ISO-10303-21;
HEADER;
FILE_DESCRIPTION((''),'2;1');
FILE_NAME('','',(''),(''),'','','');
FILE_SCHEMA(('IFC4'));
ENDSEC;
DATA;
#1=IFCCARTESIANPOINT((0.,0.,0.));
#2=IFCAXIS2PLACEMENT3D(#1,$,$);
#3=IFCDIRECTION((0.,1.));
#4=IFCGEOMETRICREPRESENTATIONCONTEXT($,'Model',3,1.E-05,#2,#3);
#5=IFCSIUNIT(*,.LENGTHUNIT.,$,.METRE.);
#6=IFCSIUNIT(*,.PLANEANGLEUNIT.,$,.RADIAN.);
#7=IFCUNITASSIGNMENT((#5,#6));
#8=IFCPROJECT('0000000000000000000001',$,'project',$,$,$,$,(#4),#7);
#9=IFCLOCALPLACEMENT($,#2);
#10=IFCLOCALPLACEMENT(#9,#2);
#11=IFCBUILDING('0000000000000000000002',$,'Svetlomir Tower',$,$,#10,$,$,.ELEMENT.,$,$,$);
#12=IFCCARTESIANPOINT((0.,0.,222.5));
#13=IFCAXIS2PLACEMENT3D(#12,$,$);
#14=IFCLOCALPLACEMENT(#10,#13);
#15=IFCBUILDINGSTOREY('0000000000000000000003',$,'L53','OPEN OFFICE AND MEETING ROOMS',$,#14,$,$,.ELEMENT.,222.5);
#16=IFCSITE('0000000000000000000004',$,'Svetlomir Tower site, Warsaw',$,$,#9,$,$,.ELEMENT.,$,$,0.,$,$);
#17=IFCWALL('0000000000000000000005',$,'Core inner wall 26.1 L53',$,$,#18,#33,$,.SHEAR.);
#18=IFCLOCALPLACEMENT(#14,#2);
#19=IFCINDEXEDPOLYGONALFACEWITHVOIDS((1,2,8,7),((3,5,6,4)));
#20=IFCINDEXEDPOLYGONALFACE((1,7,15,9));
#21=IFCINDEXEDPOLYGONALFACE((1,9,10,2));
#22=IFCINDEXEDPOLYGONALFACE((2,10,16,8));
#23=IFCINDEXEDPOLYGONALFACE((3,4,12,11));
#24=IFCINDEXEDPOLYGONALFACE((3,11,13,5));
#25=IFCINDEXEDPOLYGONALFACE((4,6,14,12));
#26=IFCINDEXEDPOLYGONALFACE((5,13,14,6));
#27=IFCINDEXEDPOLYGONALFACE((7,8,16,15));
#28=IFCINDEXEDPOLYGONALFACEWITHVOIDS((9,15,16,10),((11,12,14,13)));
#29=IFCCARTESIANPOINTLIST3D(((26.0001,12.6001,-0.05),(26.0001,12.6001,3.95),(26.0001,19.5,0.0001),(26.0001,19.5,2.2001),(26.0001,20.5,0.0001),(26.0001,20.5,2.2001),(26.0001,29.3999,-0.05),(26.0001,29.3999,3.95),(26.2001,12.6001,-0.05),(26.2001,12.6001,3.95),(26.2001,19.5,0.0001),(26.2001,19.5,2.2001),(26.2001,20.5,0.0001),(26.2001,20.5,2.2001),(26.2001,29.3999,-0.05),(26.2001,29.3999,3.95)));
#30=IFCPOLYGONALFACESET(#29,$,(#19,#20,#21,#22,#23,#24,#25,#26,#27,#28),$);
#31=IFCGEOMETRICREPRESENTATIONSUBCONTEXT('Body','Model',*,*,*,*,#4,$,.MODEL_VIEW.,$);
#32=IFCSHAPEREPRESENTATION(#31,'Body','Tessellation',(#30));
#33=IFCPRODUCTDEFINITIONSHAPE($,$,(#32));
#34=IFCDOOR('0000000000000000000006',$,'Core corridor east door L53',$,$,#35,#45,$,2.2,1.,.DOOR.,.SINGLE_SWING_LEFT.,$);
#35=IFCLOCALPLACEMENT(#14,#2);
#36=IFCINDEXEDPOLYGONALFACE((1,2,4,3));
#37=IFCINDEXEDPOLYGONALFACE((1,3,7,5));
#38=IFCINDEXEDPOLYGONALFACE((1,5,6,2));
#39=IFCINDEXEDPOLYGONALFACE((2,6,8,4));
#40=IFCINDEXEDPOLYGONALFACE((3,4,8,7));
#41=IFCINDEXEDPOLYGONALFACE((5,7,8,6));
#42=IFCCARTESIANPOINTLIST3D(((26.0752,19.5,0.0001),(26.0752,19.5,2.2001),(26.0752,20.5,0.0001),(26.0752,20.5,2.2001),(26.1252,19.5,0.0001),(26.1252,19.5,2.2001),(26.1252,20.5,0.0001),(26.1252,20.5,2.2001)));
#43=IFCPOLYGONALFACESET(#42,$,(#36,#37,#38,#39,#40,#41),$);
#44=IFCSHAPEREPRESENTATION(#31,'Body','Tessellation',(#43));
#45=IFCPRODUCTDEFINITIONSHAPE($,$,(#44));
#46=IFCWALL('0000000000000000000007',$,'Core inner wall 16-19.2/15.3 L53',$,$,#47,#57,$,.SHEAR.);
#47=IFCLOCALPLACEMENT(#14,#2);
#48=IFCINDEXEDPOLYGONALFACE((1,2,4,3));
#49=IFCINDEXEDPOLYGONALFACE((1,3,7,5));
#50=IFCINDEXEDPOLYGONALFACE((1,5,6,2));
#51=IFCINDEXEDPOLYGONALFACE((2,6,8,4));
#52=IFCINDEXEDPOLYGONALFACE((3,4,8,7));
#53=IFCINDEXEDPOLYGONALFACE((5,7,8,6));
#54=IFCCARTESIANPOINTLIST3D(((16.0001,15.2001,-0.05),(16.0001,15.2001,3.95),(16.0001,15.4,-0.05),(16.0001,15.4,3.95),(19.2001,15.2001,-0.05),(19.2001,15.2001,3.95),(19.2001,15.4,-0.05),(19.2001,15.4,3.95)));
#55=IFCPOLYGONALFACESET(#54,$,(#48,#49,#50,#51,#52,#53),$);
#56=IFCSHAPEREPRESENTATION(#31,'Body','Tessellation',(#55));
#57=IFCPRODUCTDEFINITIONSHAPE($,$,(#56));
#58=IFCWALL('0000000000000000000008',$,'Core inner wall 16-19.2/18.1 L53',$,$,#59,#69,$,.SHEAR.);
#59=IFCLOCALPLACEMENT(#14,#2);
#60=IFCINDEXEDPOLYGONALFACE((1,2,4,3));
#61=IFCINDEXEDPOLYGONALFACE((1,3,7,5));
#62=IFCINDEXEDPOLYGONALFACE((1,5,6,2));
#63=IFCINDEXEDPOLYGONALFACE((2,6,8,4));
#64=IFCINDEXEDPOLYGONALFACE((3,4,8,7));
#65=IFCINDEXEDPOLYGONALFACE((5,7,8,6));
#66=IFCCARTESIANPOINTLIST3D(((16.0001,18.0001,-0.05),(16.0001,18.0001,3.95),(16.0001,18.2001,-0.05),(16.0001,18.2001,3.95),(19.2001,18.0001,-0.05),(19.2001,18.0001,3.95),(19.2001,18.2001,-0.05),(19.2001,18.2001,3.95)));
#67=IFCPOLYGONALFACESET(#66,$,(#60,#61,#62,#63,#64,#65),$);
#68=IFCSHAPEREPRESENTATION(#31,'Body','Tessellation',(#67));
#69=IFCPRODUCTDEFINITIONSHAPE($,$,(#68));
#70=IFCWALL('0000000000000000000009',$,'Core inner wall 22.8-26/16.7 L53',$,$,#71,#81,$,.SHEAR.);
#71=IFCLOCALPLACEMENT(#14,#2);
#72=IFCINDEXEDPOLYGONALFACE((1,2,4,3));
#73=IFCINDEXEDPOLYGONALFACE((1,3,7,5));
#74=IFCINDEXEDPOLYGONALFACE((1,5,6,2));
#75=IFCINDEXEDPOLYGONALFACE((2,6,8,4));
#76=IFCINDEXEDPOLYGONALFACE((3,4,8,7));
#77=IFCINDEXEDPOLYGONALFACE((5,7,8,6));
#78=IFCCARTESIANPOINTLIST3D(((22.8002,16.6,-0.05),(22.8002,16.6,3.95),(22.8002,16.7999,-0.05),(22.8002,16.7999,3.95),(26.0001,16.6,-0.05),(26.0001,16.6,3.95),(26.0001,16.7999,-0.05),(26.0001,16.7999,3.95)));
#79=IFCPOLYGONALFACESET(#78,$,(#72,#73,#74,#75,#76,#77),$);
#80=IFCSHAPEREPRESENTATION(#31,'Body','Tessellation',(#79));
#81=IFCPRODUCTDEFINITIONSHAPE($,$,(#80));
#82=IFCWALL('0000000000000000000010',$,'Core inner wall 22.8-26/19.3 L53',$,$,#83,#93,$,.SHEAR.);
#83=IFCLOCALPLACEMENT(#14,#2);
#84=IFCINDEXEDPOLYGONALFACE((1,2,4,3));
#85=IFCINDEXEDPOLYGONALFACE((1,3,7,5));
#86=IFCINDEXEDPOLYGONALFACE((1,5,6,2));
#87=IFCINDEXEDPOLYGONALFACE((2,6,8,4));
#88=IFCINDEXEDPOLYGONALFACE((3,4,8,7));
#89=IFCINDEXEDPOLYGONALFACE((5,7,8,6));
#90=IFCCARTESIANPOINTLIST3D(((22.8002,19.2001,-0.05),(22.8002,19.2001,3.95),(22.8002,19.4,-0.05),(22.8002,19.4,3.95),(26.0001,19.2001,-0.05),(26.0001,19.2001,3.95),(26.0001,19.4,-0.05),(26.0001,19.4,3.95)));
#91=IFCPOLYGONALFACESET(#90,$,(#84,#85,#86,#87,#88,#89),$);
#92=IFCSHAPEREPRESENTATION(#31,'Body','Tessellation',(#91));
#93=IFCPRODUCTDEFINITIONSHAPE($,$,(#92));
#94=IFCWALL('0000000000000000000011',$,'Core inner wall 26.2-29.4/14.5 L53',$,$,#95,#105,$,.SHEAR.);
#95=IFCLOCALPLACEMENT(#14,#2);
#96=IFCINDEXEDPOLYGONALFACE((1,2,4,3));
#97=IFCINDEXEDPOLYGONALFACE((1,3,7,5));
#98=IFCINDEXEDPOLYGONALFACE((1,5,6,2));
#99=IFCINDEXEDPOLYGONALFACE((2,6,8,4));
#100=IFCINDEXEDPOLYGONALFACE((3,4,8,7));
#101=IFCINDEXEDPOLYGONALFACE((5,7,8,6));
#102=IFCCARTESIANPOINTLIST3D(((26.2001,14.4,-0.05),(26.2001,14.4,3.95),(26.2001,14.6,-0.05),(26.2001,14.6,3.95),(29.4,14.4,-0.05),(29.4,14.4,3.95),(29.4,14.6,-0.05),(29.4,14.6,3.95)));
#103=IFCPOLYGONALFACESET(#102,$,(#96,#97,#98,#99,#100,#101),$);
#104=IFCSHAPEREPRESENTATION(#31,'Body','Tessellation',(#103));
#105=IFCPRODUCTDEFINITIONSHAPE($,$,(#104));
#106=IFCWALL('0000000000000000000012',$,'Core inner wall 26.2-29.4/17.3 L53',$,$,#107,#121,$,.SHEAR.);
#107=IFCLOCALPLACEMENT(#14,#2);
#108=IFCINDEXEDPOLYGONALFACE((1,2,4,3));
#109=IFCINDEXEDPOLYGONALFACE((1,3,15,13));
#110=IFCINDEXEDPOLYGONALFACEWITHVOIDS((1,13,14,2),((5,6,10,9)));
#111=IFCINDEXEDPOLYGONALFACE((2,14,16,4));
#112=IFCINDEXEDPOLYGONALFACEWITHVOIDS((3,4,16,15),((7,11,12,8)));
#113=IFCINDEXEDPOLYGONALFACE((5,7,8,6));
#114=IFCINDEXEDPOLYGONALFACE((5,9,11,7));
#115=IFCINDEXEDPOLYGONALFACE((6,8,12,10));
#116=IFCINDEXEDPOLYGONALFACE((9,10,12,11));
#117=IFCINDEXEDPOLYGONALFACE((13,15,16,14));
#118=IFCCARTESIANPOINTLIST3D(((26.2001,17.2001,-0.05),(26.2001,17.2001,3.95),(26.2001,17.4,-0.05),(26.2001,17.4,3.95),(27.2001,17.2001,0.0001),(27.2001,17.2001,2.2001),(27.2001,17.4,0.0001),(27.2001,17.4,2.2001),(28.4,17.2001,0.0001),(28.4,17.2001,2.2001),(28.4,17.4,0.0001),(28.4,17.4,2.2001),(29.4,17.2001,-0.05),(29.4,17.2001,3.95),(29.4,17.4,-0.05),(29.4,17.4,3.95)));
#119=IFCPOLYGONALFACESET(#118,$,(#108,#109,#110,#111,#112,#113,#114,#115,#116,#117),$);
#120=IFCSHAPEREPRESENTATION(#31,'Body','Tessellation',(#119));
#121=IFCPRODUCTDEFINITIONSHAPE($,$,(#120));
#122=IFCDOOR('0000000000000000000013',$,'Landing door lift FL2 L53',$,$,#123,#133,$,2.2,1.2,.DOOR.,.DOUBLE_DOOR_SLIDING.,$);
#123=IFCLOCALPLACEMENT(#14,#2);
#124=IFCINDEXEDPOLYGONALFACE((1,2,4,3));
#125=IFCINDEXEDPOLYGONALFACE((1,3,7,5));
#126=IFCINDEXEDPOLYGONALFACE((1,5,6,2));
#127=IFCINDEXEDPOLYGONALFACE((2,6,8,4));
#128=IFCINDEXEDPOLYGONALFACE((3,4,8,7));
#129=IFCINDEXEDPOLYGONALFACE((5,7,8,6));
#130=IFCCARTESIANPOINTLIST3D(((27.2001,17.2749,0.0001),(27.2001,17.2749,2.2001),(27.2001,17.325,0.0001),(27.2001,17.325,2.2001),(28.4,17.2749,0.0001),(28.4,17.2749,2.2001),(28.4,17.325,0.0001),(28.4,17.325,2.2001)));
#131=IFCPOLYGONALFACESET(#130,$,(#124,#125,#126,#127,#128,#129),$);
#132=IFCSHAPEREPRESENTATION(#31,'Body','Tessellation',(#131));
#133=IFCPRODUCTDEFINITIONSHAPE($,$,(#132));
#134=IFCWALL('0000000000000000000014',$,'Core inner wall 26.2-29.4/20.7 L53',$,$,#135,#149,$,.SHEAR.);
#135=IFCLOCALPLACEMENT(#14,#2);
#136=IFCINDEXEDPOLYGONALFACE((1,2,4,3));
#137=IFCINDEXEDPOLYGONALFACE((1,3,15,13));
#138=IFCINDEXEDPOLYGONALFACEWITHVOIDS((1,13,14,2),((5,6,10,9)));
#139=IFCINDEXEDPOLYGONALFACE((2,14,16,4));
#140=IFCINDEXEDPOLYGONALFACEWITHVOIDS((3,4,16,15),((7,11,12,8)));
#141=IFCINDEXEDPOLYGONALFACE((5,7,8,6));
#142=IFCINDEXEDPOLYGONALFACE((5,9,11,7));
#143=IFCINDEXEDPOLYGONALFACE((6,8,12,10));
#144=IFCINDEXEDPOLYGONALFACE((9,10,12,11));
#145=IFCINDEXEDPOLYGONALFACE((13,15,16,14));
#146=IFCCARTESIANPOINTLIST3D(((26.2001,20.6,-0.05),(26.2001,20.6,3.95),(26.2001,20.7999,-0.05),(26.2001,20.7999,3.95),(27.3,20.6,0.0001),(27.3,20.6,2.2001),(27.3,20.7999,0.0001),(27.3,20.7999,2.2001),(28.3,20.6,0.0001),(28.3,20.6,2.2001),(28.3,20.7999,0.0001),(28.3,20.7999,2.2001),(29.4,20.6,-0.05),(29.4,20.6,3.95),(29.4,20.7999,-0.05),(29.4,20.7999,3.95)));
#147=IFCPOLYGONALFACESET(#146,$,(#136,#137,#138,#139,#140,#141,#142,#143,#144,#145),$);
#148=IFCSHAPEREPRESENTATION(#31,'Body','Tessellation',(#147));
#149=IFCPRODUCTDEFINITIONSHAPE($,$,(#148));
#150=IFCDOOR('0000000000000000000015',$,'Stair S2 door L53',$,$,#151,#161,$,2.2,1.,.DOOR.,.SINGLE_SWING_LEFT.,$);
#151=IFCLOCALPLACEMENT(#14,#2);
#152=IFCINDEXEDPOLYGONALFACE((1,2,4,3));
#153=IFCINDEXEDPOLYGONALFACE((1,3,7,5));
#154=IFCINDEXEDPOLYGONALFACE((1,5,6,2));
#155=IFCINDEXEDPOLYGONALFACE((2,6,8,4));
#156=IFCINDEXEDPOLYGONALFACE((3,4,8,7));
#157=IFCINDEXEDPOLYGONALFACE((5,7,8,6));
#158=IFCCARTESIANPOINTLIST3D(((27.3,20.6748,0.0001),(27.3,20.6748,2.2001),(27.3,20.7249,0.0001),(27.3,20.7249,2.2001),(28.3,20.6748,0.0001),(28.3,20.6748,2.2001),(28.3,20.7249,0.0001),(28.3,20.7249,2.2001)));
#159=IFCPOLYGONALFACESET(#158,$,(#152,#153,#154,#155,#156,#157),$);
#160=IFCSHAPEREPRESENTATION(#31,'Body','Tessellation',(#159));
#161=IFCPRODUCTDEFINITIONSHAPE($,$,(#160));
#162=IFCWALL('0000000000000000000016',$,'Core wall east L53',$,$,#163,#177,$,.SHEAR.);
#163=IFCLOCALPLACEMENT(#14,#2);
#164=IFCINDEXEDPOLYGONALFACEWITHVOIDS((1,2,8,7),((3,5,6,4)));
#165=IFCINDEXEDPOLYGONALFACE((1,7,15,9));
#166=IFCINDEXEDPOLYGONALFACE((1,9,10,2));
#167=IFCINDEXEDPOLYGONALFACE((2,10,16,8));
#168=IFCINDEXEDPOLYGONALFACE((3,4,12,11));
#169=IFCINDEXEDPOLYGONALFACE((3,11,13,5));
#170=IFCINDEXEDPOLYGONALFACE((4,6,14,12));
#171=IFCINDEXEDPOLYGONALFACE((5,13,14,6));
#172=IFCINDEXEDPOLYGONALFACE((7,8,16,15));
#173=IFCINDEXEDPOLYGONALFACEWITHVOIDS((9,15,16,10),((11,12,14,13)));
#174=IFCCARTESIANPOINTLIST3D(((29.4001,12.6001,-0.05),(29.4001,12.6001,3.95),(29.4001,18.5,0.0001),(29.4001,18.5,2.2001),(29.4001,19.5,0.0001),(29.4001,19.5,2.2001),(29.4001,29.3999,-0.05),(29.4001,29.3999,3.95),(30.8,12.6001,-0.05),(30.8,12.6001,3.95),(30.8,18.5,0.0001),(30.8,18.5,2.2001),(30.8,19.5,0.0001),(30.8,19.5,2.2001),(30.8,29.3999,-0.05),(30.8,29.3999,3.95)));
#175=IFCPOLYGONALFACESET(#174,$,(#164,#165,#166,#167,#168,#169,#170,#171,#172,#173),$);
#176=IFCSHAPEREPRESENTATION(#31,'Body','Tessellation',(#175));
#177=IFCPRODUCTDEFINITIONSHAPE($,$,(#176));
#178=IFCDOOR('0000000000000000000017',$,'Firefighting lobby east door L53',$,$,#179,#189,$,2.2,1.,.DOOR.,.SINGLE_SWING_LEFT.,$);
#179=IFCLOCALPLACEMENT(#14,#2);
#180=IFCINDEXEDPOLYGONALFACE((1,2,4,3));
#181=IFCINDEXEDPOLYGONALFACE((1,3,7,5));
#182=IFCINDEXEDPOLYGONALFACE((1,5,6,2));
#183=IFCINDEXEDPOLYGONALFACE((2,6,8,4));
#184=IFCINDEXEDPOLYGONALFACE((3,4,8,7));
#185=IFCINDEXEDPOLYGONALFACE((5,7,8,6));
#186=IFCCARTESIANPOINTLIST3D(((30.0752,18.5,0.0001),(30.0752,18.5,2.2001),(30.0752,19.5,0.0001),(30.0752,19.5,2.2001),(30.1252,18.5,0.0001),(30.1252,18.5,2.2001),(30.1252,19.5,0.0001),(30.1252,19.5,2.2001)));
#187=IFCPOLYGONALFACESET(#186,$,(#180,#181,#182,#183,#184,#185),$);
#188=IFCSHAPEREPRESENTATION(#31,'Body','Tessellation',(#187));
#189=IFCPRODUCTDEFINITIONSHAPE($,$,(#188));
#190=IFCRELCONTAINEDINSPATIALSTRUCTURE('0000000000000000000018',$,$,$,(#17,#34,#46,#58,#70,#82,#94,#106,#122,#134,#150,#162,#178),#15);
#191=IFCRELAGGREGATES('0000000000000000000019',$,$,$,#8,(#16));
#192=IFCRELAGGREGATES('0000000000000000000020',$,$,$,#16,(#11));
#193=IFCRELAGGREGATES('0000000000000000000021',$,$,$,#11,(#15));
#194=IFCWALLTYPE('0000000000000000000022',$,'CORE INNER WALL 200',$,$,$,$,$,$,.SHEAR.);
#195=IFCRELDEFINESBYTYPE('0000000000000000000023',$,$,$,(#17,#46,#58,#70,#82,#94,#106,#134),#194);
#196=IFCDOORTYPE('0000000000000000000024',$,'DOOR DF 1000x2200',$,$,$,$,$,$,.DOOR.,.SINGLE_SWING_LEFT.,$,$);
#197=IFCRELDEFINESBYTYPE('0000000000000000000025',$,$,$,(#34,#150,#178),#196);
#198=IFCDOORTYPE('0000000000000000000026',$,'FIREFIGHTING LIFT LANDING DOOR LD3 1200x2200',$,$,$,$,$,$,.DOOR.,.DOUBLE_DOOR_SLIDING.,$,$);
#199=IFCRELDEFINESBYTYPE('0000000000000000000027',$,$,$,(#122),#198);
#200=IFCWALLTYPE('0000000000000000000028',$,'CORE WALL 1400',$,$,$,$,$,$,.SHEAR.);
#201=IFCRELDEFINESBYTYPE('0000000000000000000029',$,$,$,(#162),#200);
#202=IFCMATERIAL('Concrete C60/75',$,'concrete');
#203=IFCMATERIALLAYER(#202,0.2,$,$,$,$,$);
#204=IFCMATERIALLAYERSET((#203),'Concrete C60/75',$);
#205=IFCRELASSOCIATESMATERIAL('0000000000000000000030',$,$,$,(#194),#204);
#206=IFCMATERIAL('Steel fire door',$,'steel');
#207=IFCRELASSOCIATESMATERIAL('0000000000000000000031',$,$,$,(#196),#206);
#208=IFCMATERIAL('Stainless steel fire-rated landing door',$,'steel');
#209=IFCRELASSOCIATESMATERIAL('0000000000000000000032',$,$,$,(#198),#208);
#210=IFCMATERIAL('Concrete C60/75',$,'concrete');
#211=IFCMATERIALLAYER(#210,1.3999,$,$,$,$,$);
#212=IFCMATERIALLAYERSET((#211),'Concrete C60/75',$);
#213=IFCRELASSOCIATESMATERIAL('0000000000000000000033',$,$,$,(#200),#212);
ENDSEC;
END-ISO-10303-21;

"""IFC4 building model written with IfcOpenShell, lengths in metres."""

from ifc_helpers import new_model, si_unit, direction, frame, frame_2d, origin, place, context, subcontext, project, spatial, rectangle, extrude, material, layer, layer_set, type_object, element, fill, save


model = new_model("IFC4")

# Units and contexts
model_context = context("Model", 3, precision=1e-05, world=origin(), true_north=direction((0.0, 1.0)))
body_context = subcontext(model_context, "Body", "Model", "MODEL_VIEW")
ifc_project = project(units=[si_unit("LENGTHUNIT", "METRE"), si_unit("PLANEANGLEUNIT", "RADIAN")], contexts=[model_context])

# Site, building, storey
site_placement = place(None, origin())
site = spatial("IfcSite", under=ifc_project, at=site_placement, Name="Svetlomir Tower site, Warsaw", CompositionType="ELEMENT", RefElevation=0.0)
building_placement = place(site_placement, origin())
building = spatial("IfcBuilding", under=site, at=building_placement, Name="Svetlomir Tower", CompositionType="ELEMENT")
storey_placement = place(building_placement, frame((0.0, 0.0, 222.5)))
storey = spatial("IfcBuildingStorey", under=building, at=storey_placement, Name="L53", Description="OPEN OFFICE AND MEETING ROOMS", CompositionType="ELEMENT", Elevation=222.5)

# Wall, opening, door
ifc_material_1 = material(Name="Concrete C60/75", Category="concrete")
ifc_layer_1 = layer(ifc_material_1, 0.2)
ifc_layer_set_1 = layer_set([ifc_layer_1], Name="Concrete C60/75")
wall_type_1 = type_object("IfcWallType", Name="CORE INNER WALL 200", PredefinedType="SHEAR", material=ifc_layer_set_1)
wall_1_placement = place(storey_placement, frame((26.1001, 12.6001, -0.05), z_axis=(0.0, 0.0, 1.0), x_axis=(0.0, 1.0, 0.0)))
wall_1 = element("IfcWall", 1, at=wall_1_placement, inside=storey, type_object=wall_type_1, Name="Core inner wall 26.1 L53", PredefinedType="SHEAR", context=body_context, shape_type="SweptSolid", body=[
    extrude(rectangle(XDim=16.7998, YDim=0.2, at=frame_2d((8.3999, 0.0))), origin(), (0.0, 0.0, 1.0), 4.0),
])
opening_1_placement = place(wall_1_placement, frame((6.8999, 0.0, 0.05)))
opening_1 = element("IfcOpeningElement", 2, at=opening_1_placement, cuts=wall_1, PredefinedType="OPENING", context=body_context, shape_type="SweptSolid", body=[
    extrude(rectangle(XDim=1.0, YDim=2.2, at=frame_2d((0.5, 1.1001))), frame((0.0, 0.1099, 0.0), z_axis=(0.0, -1.0, 0.0), x_axis=(1.0, 0.0, 0.0)), (0.0, 0.0, 1.0), 0.22),
])
ifc_material_2 = material(Name="Steel fire door", Category="steel")
door_type_1 = type_object("IfcDoorType", Name="DOOR DF 1000x2200", OperationType="SINGLE_SWING_LEFT", PredefinedType="DOOR", material=ifc_material_2)
door_1_placement = place(opening_1_placement, origin())
door_1 = element("IfcDoor", 3, at=door_1_placement, inside=storey, type_object=door_type_1, Name="Core corridor east door L53", OperationType="SINGLE_SWING_LEFT", OverallHeight=2.2, OverallWidth=1.0, PredefinedType="DOOR", context=body_context, shape_type="SweptSolid", body=[
    extrude(rectangle(XDim=1.0, YDim=2.2, at=frame_2d((0.5, 1.1001))), frame((0.0, 0.0249, 0.0), z_axis=(0.0, -1.0, 0.0), x_axis=(1.0, 0.0, 0.0)), (0.0, 0.0, 1.0), 0.05),
])
fill(opening_1, door_1)

# Walls
for number, where, z_axis, x_axis, name in (
    (4, (16.0, 15.3, -0.05), (0.0, 0.0, 1.0), (1.0, 0.0, 0.0), "Core inner wall 16-19.2/15.3 L53"),
    (5, (16.0, 18.1001, -0.05), (0.0, 0.0, 1.0), (1.0, 0.0, 0.0), "Core inner wall 16-19.2/18.1 L53"),
    (6, (22.8, 16.7, -0.05), (0.0, 0.0, 1.0), (1.0, 0.0, 0.0), "Core inner wall 22.8-26/16.7 L53"),
    (7, (22.8, 19.3, -0.05), (0.0, 0.0, 1.0), (1.0, 0.0, 0.0), "Core inner wall 22.8-26/19.3 L53"),
    (8, (26.2, 14.5, -0.05), (0.0, 0.0, 1.0), (1.0, 0.0, 0.0), "Core inner wall 26.2-29.4/14.5 L53"),
):
    element("IfcWall", number, at=place(storey_placement, frame(where, z_axis=z_axis, x_axis=x_axis)), inside=storey, type_object=wall_type_1, Name=name, PredefinedType="SHEAR", context=body_context, shape_type="SweptSolid", body=[
        extrude(rectangle(XDim=3.2, YDim=0.2, at=frame_2d((1.6001, 0.0))), origin(), (0.0, 0.0, 1.0), 4.0),
    ])

# Walls, openings, doors
wall_2_placement = place(storey_placement, frame((26.2, 17.3, -0.05), z_axis=(0.0, 0.0, 1.0), x_axis=(1.0, 0.0, 0.0)))
wall_2 = element("IfcWall", 9, at=wall_2_placement, inside=storey, type_object=wall_type_1, Name="Core inner wall 26.2-29.4/17.3 L53", PredefinedType="SHEAR", context=body_context, shape_type="SweptSolid", body=[
    extrude(rectangle(XDim=3.2, YDim=0.2, at=frame_2d((1.6001, 0.0))), origin(), (0.0, 0.0, 1.0), 4.0),
])
opening_2_placement = place(wall_2_placement, frame((1.0, 0.0, 0.05)))
opening_2 = element("IfcOpeningElement", 10, at=opening_2_placement, cuts=wall_2, PredefinedType="OPENING", context=body_context, shape_type="SweptSolid", body=[
    extrude(rectangle(XDim=1.2, YDim=2.2, at=frame_2d((0.6001, 1.1001))), frame((0.0, 0.1099, 0.0), z_axis=(0.0, -1.0, 0.0), x_axis=(1.0, 0.0, 0.0)), (0.0, 0.0, 1.0), 0.22),
])
ifc_material_3 = material(Name="Stainless steel fire-rated landing door", Category="steel")
door_type_2 = type_object("IfcDoorType", Name="FIREFIGHTING LIFT LANDING DOOR LD3 1200x2200", OperationType="DOUBLE_DOOR_SLIDING", PredefinedType="DOOR", material=ifc_material_3)
door_2_placement = place(opening_2_placement, origin())
door_2 = element("IfcDoor", 11, at=door_2_placement, inside=storey, type_object=door_type_2, Name="Landing door lift FL2 L53", OperationType="DOUBLE_DOOR_SLIDING", OverallHeight=2.2, OverallWidth=1.2, PredefinedType="DOOR", context=body_context, shape_type="SweptSolid", body=[
    extrude(rectangle(XDim=1.2, YDim=2.2, at=frame_2d((0.6001, 1.1001))), frame((0.0, 0.0249, 0.0), z_axis=(0.0, -1.0, 0.0), x_axis=(1.0, 0.0, 0.0)), (0.0, 0.0, 1.0), 0.05),
])
fill(opening_2, door_2)
wall_3_placement = place(storey_placement, frame((26.2, 20.7, -0.05), z_axis=(0.0, 0.0, 1.0), x_axis=(1.0, 0.0, 0.0)))
wall_3 = element("IfcWall", 12, at=wall_3_placement, inside=storey, type_object=wall_type_1, Name="Core inner wall 26.2-29.4/20.7 L53", PredefinedType="SHEAR", context=body_context, shape_type="SweptSolid", body=[
    extrude(rectangle(XDim=3.2, YDim=0.2, at=frame_2d((1.6001, 0.0))), origin(), (0.0, 0.0, 1.0), 4.0),
])
opening_3_placement = place(wall_3_placement, frame((1.1001, 0.0, 0.05)))
opening_3 = element("IfcOpeningElement", 13, at=opening_3_placement, cuts=wall_3, PredefinedType="OPENING", context=body_context, shape_type="SweptSolid", body=[
    extrude(rectangle(XDim=1.0, YDim=2.2, at=frame_2d((0.5, 1.1001))), frame((0.0, 0.1099, 0.0), z_axis=(0.0, -1.0, 0.0), x_axis=(1.0, 0.0, 0.0)), (0.0, 0.0, 1.0), 0.22),
])
door_3_placement = place(opening_3_placement, origin())
door_3 = element("IfcDoor", 14, at=door_3_placement, inside=storey, type_object=door_type_1, Name="Stair S2 door L53", OperationType="SINGLE_SWING_LEFT", OverallHeight=2.2, OverallWidth=1.0, PredefinedType="DOOR", context=body_context, shape_type="SweptSolid", body=[
    extrude(rectangle(XDim=1.0, YDim=2.2, at=frame_2d((0.5, 1.1001))), frame((0.0, 0.0249, 0.0), z_axis=(0.0, -1.0, 0.0), x_axis=(1.0, 0.0, 0.0)), (0.0, 0.0, 1.0), 0.05),
])
fill(opening_3, door_3)
ifc_material_4 = material(Name="Concrete C60/75", Category="concrete")
ifc_layer_2 = layer(ifc_material_4, 1.3999)
ifc_layer_set_2 = layer_set([ifc_layer_2], Name="Concrete C60/75")
wall_type_2 = type_object("IfcWallType", Name="CORE WALL 1400", PredefinedType="SHEAR", material=ifc_layer_set_2)
wall_4_placement = place(storey_placement, frame((30.1001, 12.6001, -0.05), z_axis=(0.0, 0.0, 1.0), x_axis=(0.0, 1.0, 0.0)))
wall_4 = element("IfcWall", 15, at=wall_4_placement, inside=storey, type_object=wall_type_2, Name="Core wall east L53", PredefinedType="SHEAR", context=body_context, shape_type="SweptSolid", body=[
    extrude(rectangle(XDim=16.7998, YDim=1.3999, at=frame_2d((8.3999, 0.0))), origin(), (0.0, 0.0, 1.0), 4.0),
])
opening_4_placement = place(wall_4_placement, frame((5.8999, 0.0, 0.05)))
opening_4 = element("IfcOpeningElement", 16, at=opening_4_placement, cuts=wall_4, PredefinedType="OPENING", context=body_context, shape_type="SweptSolid", body=[
    extrude(rectangle(XDim=1.0, YDim=2.2, at=frame_2d((0.5, 1.1001))), frame((0.0, 0.71, 0.0), z_axis=(0.0, -1.0, 0.0), x_axis=(1.0, 0.0, 0.0)), (0.0, 0.0, 1.0), 1.4199),
])
door_4_placement = place(opening_4_placement, origin())
door_4 = element("IfcDoor", 17, at=door_4_placement, inside=storey, type_object=door_type_1, Name="Firefighting lobby east door L53", OperationType="SINGLE_SWING_LEFT", OverallHeight=2.2, OverallWidth=1.0, PredefinedType="DOOR", context=body_context, shape_type="SweptSolid", body=[
    extrude(rectangle(XDim=1.0, YDim=2.2, at=frame_2d((0.5, 1.1001))), frame((0.0, 0.0249, 0.0), z_axis=(0.0, -1.0, 0.0), x_axis=(1.0, 0.0, 0.0)), (0.0, 0.0, 1.0), 0.05),
])
fill(opening_4, door_4)

save(model, "model.ifc")
